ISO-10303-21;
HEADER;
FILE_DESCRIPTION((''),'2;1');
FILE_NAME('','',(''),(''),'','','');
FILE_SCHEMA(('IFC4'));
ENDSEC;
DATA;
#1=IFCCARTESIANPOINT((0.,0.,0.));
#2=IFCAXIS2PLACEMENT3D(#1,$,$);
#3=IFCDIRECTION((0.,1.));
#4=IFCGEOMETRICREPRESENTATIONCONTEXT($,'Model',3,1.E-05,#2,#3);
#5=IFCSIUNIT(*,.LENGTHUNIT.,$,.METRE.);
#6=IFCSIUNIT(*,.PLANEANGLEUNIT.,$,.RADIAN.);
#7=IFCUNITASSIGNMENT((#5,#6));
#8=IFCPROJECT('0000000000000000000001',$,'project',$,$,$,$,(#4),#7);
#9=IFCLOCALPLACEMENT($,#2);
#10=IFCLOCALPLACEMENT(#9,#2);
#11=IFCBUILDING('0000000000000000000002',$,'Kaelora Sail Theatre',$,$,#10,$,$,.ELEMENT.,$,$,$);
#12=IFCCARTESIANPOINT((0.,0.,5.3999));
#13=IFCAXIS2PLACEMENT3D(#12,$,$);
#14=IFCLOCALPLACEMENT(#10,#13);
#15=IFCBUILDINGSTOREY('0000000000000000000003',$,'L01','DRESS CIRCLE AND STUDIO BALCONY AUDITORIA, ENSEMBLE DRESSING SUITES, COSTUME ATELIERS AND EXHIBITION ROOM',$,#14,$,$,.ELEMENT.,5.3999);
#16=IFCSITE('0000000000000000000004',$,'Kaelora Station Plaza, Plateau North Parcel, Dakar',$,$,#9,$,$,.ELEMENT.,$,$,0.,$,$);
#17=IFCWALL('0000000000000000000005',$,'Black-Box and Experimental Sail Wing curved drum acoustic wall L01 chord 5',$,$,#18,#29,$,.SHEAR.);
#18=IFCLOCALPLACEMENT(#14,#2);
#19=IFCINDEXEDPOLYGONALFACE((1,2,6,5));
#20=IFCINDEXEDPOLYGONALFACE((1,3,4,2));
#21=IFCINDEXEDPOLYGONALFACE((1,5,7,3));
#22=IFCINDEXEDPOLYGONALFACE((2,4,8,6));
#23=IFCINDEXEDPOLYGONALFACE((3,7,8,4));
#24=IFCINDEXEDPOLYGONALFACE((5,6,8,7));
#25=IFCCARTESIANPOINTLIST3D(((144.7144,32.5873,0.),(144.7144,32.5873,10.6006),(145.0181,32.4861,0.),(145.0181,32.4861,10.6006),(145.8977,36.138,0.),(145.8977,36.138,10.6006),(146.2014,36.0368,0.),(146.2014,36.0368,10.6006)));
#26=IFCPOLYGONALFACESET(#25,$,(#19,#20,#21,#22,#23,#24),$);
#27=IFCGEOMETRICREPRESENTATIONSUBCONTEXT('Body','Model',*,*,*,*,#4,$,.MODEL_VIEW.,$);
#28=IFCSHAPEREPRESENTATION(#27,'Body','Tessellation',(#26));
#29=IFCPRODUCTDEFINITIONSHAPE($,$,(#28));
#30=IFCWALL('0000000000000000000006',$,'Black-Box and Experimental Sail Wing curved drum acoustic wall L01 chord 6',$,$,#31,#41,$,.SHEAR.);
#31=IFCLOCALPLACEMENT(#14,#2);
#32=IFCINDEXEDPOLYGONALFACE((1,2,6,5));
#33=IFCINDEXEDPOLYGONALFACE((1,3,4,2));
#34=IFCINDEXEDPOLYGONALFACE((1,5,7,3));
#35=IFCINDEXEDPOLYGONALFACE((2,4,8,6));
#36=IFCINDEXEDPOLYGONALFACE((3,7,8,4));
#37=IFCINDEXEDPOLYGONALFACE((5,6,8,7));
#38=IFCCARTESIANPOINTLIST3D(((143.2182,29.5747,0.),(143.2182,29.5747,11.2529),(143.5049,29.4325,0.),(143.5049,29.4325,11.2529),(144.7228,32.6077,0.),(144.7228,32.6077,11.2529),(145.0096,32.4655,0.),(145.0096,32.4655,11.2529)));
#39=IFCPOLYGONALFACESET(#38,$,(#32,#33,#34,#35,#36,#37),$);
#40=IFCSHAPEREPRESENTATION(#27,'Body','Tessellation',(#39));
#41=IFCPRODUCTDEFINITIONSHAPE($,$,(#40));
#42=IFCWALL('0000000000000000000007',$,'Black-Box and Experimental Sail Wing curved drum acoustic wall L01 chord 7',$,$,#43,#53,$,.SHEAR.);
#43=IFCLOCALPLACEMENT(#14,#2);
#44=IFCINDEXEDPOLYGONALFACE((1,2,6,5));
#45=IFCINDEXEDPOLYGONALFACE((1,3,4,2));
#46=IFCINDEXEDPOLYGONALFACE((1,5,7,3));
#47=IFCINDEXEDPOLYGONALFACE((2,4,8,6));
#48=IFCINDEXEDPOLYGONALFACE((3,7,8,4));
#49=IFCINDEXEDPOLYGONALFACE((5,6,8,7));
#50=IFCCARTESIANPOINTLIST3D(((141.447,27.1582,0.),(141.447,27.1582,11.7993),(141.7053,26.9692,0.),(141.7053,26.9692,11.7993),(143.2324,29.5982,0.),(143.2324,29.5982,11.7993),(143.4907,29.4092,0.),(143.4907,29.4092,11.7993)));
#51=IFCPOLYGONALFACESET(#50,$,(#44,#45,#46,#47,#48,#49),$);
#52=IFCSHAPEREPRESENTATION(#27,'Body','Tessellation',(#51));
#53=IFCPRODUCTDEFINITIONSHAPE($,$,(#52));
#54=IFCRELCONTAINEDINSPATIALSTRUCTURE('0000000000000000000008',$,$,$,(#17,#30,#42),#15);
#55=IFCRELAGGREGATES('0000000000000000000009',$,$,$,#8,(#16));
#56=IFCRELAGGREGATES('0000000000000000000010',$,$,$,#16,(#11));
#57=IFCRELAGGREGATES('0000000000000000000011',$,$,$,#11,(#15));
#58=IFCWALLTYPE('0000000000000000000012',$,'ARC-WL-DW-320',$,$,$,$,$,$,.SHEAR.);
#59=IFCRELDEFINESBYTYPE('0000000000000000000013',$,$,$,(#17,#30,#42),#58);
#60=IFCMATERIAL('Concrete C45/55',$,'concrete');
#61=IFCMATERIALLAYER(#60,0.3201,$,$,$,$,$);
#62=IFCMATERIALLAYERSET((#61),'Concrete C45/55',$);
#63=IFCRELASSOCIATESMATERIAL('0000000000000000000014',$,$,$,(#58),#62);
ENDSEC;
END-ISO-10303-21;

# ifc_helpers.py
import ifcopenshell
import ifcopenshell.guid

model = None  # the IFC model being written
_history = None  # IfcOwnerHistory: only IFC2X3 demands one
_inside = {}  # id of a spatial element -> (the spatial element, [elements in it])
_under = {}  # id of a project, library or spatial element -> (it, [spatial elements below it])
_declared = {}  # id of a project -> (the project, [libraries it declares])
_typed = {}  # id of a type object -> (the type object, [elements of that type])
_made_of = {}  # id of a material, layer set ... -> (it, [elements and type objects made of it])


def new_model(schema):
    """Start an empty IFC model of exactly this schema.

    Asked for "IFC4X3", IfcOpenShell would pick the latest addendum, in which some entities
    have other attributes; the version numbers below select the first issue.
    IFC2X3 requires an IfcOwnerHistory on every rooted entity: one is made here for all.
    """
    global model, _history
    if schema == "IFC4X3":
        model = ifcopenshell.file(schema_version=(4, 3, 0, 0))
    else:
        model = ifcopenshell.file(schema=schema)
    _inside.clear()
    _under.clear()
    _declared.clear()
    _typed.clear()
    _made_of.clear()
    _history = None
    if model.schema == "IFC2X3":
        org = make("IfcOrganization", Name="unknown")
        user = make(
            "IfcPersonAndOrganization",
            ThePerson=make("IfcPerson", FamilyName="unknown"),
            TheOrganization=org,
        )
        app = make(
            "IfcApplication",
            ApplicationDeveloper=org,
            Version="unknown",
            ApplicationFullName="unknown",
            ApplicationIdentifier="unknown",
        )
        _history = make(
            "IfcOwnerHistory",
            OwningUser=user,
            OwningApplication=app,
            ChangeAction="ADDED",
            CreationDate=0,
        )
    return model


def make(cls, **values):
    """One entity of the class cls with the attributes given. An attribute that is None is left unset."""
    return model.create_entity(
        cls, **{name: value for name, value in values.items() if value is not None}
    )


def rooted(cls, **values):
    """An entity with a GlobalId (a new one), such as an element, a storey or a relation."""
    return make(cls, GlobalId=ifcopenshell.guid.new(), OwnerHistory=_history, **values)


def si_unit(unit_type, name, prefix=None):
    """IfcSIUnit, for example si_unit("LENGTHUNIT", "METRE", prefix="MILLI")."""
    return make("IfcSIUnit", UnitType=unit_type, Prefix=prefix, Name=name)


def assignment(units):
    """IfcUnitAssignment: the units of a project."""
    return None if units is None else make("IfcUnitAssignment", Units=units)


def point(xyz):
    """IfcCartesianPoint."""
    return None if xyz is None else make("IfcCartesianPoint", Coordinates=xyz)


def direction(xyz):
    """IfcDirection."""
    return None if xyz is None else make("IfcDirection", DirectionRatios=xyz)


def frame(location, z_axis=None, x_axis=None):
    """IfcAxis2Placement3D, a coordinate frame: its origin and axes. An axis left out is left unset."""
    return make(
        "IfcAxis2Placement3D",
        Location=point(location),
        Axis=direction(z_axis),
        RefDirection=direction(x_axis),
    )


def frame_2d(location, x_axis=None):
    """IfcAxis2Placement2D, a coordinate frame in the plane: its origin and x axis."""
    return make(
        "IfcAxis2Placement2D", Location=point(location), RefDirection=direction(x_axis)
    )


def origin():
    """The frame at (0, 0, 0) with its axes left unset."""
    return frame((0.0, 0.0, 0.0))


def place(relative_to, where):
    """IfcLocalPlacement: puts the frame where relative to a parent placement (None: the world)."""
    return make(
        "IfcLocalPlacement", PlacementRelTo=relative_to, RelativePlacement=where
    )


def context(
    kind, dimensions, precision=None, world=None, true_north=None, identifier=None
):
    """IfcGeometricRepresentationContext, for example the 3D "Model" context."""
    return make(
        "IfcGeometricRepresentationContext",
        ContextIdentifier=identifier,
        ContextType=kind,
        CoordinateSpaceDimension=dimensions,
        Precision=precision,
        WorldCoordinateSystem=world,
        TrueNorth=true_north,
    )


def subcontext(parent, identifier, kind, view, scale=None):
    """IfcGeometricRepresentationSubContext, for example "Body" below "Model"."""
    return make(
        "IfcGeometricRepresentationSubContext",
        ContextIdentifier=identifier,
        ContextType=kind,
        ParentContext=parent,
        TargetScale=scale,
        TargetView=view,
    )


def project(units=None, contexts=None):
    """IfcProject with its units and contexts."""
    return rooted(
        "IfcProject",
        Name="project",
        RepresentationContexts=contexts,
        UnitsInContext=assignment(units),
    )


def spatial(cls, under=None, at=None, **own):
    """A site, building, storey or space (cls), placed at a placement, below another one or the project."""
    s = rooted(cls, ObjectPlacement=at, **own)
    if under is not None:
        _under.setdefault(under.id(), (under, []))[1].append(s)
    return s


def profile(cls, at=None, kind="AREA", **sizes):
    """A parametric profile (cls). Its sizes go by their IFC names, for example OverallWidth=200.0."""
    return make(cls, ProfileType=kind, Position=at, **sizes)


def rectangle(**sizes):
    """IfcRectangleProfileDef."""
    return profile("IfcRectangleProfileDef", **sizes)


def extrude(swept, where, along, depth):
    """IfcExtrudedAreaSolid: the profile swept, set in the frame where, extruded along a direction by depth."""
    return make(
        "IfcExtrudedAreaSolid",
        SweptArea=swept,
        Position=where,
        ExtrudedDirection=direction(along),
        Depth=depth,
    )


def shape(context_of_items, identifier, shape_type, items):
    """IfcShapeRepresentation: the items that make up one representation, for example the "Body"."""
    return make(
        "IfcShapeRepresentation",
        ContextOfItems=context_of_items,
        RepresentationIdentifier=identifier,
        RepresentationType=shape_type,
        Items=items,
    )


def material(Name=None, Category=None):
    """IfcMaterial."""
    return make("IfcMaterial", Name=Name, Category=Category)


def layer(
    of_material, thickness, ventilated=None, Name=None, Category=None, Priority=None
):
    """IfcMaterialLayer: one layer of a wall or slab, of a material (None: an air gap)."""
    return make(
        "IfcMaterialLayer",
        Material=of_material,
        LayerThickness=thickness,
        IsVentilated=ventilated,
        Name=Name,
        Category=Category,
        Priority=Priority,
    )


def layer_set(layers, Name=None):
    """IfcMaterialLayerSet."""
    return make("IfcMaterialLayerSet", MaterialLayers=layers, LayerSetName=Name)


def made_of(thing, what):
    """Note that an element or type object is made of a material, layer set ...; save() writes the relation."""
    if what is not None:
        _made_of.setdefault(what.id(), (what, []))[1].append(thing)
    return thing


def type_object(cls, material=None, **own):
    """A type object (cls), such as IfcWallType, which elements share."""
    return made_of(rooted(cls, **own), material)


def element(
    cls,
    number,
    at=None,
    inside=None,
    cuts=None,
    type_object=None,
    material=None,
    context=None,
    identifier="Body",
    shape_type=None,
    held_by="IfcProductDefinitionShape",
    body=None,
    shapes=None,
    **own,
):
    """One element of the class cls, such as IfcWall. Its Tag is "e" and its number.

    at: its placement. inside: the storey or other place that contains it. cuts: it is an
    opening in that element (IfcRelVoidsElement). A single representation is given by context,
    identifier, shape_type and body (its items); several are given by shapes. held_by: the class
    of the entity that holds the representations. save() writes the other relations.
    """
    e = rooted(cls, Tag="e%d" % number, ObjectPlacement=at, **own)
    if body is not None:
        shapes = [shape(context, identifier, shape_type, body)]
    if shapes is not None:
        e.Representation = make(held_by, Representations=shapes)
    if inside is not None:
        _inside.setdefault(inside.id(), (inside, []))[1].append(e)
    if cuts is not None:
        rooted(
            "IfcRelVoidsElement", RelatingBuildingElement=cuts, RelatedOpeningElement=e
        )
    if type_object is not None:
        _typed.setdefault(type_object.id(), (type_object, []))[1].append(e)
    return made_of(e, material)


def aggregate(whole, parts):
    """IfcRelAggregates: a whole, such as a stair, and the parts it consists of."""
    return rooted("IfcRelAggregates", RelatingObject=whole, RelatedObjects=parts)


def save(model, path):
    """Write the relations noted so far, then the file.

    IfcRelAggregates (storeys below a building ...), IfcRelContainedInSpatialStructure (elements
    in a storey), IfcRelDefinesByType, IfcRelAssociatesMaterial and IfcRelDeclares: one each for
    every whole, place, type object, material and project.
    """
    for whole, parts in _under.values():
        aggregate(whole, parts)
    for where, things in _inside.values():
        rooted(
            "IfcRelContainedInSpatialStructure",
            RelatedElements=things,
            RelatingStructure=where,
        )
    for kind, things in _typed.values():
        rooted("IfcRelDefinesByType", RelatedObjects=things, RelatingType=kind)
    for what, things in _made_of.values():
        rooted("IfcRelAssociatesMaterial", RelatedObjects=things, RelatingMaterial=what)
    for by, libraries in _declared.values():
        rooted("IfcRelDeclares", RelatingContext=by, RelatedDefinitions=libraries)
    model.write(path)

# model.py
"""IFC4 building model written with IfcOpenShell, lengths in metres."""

from ifc_helpers import new_model, si_unit, direction, frame, frame_2d, origin, place, context, subcontext, project, spatial, rectangle, extrude, material, layer, layer_set, type_object, element, save


model = new_model("IFC4")

# Units and contexts
model_context = context("Model", 3, precision=1e-05, world=origin(), true_north=direction((0.0, 1.0)))
body_context = subcontext(model_context, "Body", "Model", "MODEL_VIEW")
ifc_project = project(units=[si_unit("LENGTHUNIT", "METRE"), si_unit("PLANEANGLEUNIT", "RADIAN")], contexts=[model_context])

# Site, building, storey
site_placement = place(None, origin())
site = spatial("IfcSite", under=ifc_project, at=site_placement, Name="Kaelora Station Plaza, Plateau North Parcel, Dakar", CompositionType="ELEMENT", RefElevation=0.0)
building_placement = place(site_placement, origin())
building = spatial("IfcBuilding", under=site, at=building_placement, Name="Kaelora Sail Theatre", CompositionType="ELEMENT")
storey_placement = place(building_placement, frame((0.0, 0.0, 5.3999)))
storey = spatial("IfcBuildingStorey", under=building, at=storey_placement, Name="L01", Description="DRESS CIRCLE AND STUDIO BALCONY AUDITORIA, ENSEMBLE DRESSING SUITES, COSTUME ATELIERS AND EXHIBITION ROOM", CompositionType="ELEMENT", Elevation=5.3999)

# Walls
ifc_material_1 = material(Name="Concrete C45/55", Category="concrete")
ifc_layer = layer(ifc_material_1, 0.3201)
ifc_layer_set = layer_set([ifc_layer], Name="Concrete C45/55")
wall_type = type_object("IfcWallType", Name="ARC-WL-DW-320", PredefinedType="SHEAR", material=ifc_layer_set)
wall_1_placement = place(storey_placement, frame((146.0496, 36.0874, 0.0), z_axis=(0.0, 0.0, 1.0), x_axis=(-0.316169, -0.948703, 0.0)))
element("IfcWall", 1, at=wall_1_placement, inside=storey, type_object=wall_type, Name="Black-Box and Experimental Sail Wing curved drum acoustic wall L01 chord 5", PredefinedType="SHEAR", context=body_context, shape_type="SweptSolid", body=[
    extrude(rectangle(XDim=3.7427, YDim=0.3201, at=frame_2d((1.8713, 0.0))), origin(), (0.0, 0.0, 1.0), 10.6006),
])
wall_2_placement = place(storey_placement, frame((144.8662, 32.5366, 0.0), z_axis=(0.0, 0.0, 1.0), x_axis=(-0.444414, -0.895822, 0.0)))
element("IfcWall", 2, at=wall_2_placement, inside=storey, type_object=wall_type, Name="Black-Box and Experimental Sail Wing curved drum acoustic wall L01 chord 6", PredefinedType="SHEAR", context=body_context, shape_type="SweptSolid", body=[
    extrude(rectangle(XDim=3.3857, YDim=0.3201, at=frame_2d((1.6929, 0.0))), origin(), (0.0, 0.0, 1.0), 11.2529),
])
wall_3_placement = place(storey_placement, frame((143.3616, 29.5037, 0.0), z_axis=(0.0, 0.0, 1.0), x_axis=(-0.590527, -0.807018, 0.0)))
element("IfcWall", 3, at=wall_3_placement, inside=storey, type_object=wall_type, Name="Black-Box and Experimental Sail Wing curved drum acoustic wall L01 chord 7", PredefinedType="SHEAR", context=body_context, shape_type="SweptSolid", body=[
    extrude(rectangle(XDim=3.0234, YDim=0.3201, at=frame_2d((1.5117, 0.0))), origin(), (0.0, 0.0, 1.0), 11.7993),
])

save(model, "model.ifc")
